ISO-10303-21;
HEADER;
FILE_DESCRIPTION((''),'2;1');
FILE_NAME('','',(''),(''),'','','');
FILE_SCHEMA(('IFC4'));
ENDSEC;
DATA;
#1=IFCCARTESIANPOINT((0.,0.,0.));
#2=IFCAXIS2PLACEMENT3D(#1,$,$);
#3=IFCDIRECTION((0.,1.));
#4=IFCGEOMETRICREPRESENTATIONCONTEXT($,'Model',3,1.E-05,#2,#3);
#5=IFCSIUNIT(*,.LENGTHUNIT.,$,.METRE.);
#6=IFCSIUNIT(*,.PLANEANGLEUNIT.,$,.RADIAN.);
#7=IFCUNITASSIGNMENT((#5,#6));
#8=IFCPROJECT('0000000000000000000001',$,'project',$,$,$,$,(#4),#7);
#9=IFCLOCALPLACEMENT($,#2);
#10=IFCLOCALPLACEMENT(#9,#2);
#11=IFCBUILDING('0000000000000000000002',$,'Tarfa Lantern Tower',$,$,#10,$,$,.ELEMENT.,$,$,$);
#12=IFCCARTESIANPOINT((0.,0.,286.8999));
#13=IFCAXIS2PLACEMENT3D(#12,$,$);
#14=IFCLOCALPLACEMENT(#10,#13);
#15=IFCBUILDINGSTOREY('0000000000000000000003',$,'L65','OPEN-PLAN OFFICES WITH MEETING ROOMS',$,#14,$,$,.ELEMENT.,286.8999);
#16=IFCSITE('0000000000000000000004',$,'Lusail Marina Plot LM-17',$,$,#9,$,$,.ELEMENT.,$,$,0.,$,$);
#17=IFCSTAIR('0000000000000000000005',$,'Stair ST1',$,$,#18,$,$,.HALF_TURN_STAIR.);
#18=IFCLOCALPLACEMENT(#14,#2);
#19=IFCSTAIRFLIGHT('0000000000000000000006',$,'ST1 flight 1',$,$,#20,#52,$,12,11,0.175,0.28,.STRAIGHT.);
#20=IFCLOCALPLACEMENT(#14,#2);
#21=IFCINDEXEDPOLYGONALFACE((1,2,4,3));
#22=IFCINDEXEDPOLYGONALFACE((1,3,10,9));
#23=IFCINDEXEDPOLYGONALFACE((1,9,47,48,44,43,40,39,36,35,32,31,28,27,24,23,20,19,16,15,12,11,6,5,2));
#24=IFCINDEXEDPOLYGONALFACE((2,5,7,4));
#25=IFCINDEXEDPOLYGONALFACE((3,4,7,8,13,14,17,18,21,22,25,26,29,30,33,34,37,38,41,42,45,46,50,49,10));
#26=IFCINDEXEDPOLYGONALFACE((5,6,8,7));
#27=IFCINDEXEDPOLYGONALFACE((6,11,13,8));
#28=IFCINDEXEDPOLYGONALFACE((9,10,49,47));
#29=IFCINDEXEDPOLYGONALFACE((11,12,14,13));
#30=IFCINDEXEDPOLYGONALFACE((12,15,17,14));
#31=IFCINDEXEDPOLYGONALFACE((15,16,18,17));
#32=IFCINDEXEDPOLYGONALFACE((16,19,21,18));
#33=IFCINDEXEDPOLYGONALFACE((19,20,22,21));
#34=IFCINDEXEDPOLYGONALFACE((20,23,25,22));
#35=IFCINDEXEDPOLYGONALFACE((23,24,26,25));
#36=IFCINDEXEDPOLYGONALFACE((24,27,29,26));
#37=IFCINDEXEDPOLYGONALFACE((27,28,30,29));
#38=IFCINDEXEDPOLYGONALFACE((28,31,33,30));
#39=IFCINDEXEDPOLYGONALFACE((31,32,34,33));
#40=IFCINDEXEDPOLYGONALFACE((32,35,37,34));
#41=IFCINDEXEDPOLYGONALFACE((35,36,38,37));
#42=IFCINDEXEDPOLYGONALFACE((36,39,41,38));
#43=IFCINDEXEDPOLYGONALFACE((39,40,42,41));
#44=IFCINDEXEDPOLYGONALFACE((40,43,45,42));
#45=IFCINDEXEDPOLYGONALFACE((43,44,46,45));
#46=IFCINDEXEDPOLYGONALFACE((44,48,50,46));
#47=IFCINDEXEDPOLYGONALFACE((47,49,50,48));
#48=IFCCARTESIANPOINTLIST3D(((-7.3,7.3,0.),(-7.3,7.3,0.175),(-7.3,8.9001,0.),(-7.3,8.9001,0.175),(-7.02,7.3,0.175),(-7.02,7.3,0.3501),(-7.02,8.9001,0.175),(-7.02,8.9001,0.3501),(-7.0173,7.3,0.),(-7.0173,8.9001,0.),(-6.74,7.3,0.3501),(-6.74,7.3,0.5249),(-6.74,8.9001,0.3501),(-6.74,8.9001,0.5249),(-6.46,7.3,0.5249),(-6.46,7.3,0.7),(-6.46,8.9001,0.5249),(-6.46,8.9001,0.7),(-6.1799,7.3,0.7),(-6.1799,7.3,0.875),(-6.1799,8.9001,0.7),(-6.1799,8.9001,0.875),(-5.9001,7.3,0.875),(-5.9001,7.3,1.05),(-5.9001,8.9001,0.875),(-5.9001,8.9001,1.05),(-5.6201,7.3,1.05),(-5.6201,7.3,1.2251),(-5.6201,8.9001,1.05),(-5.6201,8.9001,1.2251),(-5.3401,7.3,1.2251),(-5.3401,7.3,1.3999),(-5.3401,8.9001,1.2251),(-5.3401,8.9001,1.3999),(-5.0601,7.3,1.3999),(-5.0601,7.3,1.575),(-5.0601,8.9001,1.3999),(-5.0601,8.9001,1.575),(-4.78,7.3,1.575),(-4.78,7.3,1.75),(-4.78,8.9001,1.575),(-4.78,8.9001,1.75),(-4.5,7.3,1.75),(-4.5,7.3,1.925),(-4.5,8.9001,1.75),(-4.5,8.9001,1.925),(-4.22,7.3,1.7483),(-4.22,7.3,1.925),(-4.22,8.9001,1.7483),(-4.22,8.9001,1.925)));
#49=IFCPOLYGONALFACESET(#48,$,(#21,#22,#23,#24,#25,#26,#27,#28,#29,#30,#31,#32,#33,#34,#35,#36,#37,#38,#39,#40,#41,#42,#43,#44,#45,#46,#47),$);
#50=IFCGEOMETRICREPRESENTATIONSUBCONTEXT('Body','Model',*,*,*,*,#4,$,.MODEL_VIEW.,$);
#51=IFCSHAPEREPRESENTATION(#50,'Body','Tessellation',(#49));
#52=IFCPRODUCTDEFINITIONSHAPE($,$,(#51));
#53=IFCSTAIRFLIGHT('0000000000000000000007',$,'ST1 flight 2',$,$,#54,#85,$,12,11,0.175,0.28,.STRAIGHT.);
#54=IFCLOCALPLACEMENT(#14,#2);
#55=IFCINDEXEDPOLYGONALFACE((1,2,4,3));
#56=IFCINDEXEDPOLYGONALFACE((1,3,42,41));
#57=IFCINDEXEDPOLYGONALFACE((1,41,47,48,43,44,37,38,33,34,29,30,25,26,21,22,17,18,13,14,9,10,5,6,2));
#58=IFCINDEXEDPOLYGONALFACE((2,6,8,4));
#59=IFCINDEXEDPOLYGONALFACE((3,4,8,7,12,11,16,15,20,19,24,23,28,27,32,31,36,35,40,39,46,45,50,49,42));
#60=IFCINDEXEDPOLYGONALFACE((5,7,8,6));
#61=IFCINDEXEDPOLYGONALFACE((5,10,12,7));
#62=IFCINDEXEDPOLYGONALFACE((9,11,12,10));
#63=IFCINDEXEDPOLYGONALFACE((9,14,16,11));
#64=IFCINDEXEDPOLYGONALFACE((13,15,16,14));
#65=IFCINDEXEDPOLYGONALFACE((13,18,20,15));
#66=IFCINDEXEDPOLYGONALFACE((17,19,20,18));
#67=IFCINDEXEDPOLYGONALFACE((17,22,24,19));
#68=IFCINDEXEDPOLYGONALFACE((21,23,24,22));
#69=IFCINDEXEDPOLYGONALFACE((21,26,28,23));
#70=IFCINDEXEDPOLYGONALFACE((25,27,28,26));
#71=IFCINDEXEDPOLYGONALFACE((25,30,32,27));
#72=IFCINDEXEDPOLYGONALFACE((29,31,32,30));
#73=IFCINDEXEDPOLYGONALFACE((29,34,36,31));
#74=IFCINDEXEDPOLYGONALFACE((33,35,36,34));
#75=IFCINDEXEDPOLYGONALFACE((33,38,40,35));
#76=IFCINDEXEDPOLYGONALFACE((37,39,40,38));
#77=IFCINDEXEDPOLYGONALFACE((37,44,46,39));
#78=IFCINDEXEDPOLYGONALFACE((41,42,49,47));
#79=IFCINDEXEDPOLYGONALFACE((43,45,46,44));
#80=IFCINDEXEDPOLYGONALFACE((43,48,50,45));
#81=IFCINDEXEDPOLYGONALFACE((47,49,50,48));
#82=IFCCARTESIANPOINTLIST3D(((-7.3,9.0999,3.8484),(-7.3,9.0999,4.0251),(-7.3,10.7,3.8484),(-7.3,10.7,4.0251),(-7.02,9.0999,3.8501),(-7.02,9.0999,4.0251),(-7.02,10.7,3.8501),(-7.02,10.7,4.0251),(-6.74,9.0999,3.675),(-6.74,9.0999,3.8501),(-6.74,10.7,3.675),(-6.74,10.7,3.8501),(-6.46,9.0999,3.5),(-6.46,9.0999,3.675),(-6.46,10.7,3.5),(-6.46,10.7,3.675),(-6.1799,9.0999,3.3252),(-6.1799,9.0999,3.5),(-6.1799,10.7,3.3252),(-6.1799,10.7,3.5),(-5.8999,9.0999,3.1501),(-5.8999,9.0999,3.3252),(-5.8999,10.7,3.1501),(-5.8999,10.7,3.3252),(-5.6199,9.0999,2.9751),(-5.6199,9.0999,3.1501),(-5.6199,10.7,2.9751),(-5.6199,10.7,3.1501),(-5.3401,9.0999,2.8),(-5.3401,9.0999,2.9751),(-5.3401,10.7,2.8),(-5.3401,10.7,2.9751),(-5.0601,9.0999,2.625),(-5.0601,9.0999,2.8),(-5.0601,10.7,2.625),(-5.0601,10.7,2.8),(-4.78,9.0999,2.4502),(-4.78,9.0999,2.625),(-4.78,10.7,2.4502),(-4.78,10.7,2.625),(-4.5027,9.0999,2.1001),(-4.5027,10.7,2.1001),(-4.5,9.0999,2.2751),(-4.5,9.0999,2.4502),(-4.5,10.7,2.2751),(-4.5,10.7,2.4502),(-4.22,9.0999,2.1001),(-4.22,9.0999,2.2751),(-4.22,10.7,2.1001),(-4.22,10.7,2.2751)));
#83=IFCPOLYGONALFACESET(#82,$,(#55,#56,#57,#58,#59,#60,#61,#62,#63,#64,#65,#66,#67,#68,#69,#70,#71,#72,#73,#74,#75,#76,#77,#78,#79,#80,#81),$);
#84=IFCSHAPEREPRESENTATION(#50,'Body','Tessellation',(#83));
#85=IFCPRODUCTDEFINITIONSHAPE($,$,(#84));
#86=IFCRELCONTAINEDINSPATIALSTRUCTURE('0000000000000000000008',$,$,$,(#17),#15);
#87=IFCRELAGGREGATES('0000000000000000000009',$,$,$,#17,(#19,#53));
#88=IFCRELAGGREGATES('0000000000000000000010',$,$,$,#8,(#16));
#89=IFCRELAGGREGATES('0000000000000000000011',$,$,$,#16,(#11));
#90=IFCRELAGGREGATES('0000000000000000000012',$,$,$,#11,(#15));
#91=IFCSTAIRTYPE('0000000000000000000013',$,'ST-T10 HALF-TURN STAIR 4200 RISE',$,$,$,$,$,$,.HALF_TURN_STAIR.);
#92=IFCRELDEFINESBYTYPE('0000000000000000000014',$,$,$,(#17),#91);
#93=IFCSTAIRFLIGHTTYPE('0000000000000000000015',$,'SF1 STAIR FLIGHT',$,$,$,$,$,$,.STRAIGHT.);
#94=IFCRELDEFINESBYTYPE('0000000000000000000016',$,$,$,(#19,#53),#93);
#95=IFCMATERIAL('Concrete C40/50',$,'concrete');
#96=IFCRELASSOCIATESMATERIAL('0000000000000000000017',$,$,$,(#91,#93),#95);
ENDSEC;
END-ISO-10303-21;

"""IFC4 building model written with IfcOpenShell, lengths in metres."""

from ifc_helpers import new_model, si_unit, direction, frame, origin, place, context, subcontext, project, spatial, polyline, outline, extrude, material, type_object, element, aggregate, save


model = new_model("IFC4")

# Units and contexts
model_context = context("Model", 3, precision=1e-05, world=origin(), true_north=direction((0.0, 1.0)))
body_context = subcontext(model_context, "Body", "Model", "MODEL_VIEW")
ifc_project = project(units=[si_unit("LENGTHUNIT", "METRE"), si_unit("PLANEANGLEUNIT", "RADIAN")], contexts=[model_context])

# Site, building, storey
site_placement = place(None, origin())
site = spatial("IfcSite", under=ifc_project, at=site_placement, Name="Lusail Marina Plot LM-17", CompositionType="ELEMENT", RefElevation=0.0)
building_placement = place(site_placement, origin())
building = spatial("IfcBuilding", under=site, at=building_placement, Name="Tarfa Lantern Tower", CompositionType="ELEMENT")
storey_placement = place(building_placement, frame((0.0, 0.0, 286.8999)))
storey = spatial("IfcBuildingStorey", under=building, at=storey_placement, Name="L65", Description="OPEN-PLAN OFFICES WITH MEETING ROOMS", CompositionType="ELEMENT", Elevation=286.8999)

# Stair, stair flights
ifc_material_1 = material(Name="Concrete C40/50", Category="concrete")
stair_type = type_object("IfcStairType", Name="ST-T10 HALF-TURN STAIR 4200 RISE", PredefinedType="HALF_TURN_STAIR", material=ifc_material_1)
stair_placement = place(storey_placement, origin())
stair = element("IfcStair", 1, at=stair_placement, inside=storey, type_object=stair_type, Name="Stair ST1", PredefinedType="HALF_TURN_STAIR")
stair_flight_type = type_object("IfcStairFlightType", Name="SF1 STAIR FLIGHT", PredefinedType="STRAIGHT", material=ifc_material_1)
stair_flight_1_placement = place(storey_placement, frame((-7.3, 8.1001, 0.0), z_axis=(0.0, 0.0, 1.0), x_axis=(1.0, 0.0, 0.0)))
stair_flight_1 = element("IfcStairFlight", 2, at=stair_flight_1_placement, type_object=stair_flight_type, Name="ST1 flight 1", NumberOfRisers=12, NumberOfTreads=11, PredefinedType="STRAIGHT", RiserHeight=0.175, TreadLength=0.28, context=body_context, shape_type="SweptSolid", body=[
    extrude(outline(polyline([(0.0, 0.0), (0.0, 0.175), (0.28, 0.175), (0.28, 0.3501), (0.5601, 0.3501), (0.5601, 0.5249), (0.8401, 0.5249), (0.8401, 0.7), (1.1201, 0.7), (1.1201, 0.875), (1.3999, 0.875), (1.3999, 1.05), (1.6799, 1.05), (1.6799, 1.2251), (1.96, 1.2251), (1.96, 1.3999), (2.24, 1.3999), (2.24, 1.575), (2.52, 1.575), (2.52, 1.75), (2.8, 1.75), (2.8, 1.925), (3.0801, 1.925), (3.0801, 2.1001), (3.0801, 1.7483), (0.2827, 0.0), (0.0, 0.0)])), frame((0.0, 0.8, 0.0), z_axis=(0.0, -1.0, 0.0), x_axis=(1.0, 0.0, 0.0)), (0.0, 0.0, 1.0), 1.6001),
])
stair_flight_2_placement = place(storey_placement, frame((-4.22, 9.8999, 2.1001), z_axis=(0.0, 0.0, 1.0), x_axis=(-1.0, 0.0, 0.0)))
stair_flight_2 = element("IfcStairFlight", 3, at=stair_flight_2_placement, type_object=stair_flight_type, Name="ST1 flight 2", NumberOfRisers=12, NumberOfTreads=11, PredefinedType="STRAIGHT", RiserHeight=0.175, TreadLength=0.28, context=body_context, shape_type="SweptSolid", body=[
    extrude(outline(polyline([(0.0, 0.0), (0.0, 0.175), (0.28, 0.175), (0.28, 0.3501), (0.5601, 0.3501), (0.5601, 0.5249), (0.8401, 0.5249), (0.8401, 0.7), (1.1201, 0.7), (1.1201, 0.875), (1.3999, 0.875), (1.3999, 1.05), (1.6799, 1.05), (1.6799, 1.2251), (1.96, 1.2251), (1.96, 1.3999), (2.24, 1.3999), (2.24, 1.575), (2.52, 1.575), (2.52, 1.75), (2.8, 1.75), (2.8, 1.925), (3.0801, 1.925), (3.0801, 2.1001), (3.0801, 1.7483), (0.2827, 0.0), (0.0, 0.0)])), frame((0.0, 0.8, 0.0), z_axis=(0.0, -1.0, 0.0), x_axis=(1.0, 0.0, 0.0)), (0.0, 0.0, 1.0), 1.6001),
])
aggregate(stair, [stair_flight_1, stair_flight_2])

save(model, "model.ifc")
